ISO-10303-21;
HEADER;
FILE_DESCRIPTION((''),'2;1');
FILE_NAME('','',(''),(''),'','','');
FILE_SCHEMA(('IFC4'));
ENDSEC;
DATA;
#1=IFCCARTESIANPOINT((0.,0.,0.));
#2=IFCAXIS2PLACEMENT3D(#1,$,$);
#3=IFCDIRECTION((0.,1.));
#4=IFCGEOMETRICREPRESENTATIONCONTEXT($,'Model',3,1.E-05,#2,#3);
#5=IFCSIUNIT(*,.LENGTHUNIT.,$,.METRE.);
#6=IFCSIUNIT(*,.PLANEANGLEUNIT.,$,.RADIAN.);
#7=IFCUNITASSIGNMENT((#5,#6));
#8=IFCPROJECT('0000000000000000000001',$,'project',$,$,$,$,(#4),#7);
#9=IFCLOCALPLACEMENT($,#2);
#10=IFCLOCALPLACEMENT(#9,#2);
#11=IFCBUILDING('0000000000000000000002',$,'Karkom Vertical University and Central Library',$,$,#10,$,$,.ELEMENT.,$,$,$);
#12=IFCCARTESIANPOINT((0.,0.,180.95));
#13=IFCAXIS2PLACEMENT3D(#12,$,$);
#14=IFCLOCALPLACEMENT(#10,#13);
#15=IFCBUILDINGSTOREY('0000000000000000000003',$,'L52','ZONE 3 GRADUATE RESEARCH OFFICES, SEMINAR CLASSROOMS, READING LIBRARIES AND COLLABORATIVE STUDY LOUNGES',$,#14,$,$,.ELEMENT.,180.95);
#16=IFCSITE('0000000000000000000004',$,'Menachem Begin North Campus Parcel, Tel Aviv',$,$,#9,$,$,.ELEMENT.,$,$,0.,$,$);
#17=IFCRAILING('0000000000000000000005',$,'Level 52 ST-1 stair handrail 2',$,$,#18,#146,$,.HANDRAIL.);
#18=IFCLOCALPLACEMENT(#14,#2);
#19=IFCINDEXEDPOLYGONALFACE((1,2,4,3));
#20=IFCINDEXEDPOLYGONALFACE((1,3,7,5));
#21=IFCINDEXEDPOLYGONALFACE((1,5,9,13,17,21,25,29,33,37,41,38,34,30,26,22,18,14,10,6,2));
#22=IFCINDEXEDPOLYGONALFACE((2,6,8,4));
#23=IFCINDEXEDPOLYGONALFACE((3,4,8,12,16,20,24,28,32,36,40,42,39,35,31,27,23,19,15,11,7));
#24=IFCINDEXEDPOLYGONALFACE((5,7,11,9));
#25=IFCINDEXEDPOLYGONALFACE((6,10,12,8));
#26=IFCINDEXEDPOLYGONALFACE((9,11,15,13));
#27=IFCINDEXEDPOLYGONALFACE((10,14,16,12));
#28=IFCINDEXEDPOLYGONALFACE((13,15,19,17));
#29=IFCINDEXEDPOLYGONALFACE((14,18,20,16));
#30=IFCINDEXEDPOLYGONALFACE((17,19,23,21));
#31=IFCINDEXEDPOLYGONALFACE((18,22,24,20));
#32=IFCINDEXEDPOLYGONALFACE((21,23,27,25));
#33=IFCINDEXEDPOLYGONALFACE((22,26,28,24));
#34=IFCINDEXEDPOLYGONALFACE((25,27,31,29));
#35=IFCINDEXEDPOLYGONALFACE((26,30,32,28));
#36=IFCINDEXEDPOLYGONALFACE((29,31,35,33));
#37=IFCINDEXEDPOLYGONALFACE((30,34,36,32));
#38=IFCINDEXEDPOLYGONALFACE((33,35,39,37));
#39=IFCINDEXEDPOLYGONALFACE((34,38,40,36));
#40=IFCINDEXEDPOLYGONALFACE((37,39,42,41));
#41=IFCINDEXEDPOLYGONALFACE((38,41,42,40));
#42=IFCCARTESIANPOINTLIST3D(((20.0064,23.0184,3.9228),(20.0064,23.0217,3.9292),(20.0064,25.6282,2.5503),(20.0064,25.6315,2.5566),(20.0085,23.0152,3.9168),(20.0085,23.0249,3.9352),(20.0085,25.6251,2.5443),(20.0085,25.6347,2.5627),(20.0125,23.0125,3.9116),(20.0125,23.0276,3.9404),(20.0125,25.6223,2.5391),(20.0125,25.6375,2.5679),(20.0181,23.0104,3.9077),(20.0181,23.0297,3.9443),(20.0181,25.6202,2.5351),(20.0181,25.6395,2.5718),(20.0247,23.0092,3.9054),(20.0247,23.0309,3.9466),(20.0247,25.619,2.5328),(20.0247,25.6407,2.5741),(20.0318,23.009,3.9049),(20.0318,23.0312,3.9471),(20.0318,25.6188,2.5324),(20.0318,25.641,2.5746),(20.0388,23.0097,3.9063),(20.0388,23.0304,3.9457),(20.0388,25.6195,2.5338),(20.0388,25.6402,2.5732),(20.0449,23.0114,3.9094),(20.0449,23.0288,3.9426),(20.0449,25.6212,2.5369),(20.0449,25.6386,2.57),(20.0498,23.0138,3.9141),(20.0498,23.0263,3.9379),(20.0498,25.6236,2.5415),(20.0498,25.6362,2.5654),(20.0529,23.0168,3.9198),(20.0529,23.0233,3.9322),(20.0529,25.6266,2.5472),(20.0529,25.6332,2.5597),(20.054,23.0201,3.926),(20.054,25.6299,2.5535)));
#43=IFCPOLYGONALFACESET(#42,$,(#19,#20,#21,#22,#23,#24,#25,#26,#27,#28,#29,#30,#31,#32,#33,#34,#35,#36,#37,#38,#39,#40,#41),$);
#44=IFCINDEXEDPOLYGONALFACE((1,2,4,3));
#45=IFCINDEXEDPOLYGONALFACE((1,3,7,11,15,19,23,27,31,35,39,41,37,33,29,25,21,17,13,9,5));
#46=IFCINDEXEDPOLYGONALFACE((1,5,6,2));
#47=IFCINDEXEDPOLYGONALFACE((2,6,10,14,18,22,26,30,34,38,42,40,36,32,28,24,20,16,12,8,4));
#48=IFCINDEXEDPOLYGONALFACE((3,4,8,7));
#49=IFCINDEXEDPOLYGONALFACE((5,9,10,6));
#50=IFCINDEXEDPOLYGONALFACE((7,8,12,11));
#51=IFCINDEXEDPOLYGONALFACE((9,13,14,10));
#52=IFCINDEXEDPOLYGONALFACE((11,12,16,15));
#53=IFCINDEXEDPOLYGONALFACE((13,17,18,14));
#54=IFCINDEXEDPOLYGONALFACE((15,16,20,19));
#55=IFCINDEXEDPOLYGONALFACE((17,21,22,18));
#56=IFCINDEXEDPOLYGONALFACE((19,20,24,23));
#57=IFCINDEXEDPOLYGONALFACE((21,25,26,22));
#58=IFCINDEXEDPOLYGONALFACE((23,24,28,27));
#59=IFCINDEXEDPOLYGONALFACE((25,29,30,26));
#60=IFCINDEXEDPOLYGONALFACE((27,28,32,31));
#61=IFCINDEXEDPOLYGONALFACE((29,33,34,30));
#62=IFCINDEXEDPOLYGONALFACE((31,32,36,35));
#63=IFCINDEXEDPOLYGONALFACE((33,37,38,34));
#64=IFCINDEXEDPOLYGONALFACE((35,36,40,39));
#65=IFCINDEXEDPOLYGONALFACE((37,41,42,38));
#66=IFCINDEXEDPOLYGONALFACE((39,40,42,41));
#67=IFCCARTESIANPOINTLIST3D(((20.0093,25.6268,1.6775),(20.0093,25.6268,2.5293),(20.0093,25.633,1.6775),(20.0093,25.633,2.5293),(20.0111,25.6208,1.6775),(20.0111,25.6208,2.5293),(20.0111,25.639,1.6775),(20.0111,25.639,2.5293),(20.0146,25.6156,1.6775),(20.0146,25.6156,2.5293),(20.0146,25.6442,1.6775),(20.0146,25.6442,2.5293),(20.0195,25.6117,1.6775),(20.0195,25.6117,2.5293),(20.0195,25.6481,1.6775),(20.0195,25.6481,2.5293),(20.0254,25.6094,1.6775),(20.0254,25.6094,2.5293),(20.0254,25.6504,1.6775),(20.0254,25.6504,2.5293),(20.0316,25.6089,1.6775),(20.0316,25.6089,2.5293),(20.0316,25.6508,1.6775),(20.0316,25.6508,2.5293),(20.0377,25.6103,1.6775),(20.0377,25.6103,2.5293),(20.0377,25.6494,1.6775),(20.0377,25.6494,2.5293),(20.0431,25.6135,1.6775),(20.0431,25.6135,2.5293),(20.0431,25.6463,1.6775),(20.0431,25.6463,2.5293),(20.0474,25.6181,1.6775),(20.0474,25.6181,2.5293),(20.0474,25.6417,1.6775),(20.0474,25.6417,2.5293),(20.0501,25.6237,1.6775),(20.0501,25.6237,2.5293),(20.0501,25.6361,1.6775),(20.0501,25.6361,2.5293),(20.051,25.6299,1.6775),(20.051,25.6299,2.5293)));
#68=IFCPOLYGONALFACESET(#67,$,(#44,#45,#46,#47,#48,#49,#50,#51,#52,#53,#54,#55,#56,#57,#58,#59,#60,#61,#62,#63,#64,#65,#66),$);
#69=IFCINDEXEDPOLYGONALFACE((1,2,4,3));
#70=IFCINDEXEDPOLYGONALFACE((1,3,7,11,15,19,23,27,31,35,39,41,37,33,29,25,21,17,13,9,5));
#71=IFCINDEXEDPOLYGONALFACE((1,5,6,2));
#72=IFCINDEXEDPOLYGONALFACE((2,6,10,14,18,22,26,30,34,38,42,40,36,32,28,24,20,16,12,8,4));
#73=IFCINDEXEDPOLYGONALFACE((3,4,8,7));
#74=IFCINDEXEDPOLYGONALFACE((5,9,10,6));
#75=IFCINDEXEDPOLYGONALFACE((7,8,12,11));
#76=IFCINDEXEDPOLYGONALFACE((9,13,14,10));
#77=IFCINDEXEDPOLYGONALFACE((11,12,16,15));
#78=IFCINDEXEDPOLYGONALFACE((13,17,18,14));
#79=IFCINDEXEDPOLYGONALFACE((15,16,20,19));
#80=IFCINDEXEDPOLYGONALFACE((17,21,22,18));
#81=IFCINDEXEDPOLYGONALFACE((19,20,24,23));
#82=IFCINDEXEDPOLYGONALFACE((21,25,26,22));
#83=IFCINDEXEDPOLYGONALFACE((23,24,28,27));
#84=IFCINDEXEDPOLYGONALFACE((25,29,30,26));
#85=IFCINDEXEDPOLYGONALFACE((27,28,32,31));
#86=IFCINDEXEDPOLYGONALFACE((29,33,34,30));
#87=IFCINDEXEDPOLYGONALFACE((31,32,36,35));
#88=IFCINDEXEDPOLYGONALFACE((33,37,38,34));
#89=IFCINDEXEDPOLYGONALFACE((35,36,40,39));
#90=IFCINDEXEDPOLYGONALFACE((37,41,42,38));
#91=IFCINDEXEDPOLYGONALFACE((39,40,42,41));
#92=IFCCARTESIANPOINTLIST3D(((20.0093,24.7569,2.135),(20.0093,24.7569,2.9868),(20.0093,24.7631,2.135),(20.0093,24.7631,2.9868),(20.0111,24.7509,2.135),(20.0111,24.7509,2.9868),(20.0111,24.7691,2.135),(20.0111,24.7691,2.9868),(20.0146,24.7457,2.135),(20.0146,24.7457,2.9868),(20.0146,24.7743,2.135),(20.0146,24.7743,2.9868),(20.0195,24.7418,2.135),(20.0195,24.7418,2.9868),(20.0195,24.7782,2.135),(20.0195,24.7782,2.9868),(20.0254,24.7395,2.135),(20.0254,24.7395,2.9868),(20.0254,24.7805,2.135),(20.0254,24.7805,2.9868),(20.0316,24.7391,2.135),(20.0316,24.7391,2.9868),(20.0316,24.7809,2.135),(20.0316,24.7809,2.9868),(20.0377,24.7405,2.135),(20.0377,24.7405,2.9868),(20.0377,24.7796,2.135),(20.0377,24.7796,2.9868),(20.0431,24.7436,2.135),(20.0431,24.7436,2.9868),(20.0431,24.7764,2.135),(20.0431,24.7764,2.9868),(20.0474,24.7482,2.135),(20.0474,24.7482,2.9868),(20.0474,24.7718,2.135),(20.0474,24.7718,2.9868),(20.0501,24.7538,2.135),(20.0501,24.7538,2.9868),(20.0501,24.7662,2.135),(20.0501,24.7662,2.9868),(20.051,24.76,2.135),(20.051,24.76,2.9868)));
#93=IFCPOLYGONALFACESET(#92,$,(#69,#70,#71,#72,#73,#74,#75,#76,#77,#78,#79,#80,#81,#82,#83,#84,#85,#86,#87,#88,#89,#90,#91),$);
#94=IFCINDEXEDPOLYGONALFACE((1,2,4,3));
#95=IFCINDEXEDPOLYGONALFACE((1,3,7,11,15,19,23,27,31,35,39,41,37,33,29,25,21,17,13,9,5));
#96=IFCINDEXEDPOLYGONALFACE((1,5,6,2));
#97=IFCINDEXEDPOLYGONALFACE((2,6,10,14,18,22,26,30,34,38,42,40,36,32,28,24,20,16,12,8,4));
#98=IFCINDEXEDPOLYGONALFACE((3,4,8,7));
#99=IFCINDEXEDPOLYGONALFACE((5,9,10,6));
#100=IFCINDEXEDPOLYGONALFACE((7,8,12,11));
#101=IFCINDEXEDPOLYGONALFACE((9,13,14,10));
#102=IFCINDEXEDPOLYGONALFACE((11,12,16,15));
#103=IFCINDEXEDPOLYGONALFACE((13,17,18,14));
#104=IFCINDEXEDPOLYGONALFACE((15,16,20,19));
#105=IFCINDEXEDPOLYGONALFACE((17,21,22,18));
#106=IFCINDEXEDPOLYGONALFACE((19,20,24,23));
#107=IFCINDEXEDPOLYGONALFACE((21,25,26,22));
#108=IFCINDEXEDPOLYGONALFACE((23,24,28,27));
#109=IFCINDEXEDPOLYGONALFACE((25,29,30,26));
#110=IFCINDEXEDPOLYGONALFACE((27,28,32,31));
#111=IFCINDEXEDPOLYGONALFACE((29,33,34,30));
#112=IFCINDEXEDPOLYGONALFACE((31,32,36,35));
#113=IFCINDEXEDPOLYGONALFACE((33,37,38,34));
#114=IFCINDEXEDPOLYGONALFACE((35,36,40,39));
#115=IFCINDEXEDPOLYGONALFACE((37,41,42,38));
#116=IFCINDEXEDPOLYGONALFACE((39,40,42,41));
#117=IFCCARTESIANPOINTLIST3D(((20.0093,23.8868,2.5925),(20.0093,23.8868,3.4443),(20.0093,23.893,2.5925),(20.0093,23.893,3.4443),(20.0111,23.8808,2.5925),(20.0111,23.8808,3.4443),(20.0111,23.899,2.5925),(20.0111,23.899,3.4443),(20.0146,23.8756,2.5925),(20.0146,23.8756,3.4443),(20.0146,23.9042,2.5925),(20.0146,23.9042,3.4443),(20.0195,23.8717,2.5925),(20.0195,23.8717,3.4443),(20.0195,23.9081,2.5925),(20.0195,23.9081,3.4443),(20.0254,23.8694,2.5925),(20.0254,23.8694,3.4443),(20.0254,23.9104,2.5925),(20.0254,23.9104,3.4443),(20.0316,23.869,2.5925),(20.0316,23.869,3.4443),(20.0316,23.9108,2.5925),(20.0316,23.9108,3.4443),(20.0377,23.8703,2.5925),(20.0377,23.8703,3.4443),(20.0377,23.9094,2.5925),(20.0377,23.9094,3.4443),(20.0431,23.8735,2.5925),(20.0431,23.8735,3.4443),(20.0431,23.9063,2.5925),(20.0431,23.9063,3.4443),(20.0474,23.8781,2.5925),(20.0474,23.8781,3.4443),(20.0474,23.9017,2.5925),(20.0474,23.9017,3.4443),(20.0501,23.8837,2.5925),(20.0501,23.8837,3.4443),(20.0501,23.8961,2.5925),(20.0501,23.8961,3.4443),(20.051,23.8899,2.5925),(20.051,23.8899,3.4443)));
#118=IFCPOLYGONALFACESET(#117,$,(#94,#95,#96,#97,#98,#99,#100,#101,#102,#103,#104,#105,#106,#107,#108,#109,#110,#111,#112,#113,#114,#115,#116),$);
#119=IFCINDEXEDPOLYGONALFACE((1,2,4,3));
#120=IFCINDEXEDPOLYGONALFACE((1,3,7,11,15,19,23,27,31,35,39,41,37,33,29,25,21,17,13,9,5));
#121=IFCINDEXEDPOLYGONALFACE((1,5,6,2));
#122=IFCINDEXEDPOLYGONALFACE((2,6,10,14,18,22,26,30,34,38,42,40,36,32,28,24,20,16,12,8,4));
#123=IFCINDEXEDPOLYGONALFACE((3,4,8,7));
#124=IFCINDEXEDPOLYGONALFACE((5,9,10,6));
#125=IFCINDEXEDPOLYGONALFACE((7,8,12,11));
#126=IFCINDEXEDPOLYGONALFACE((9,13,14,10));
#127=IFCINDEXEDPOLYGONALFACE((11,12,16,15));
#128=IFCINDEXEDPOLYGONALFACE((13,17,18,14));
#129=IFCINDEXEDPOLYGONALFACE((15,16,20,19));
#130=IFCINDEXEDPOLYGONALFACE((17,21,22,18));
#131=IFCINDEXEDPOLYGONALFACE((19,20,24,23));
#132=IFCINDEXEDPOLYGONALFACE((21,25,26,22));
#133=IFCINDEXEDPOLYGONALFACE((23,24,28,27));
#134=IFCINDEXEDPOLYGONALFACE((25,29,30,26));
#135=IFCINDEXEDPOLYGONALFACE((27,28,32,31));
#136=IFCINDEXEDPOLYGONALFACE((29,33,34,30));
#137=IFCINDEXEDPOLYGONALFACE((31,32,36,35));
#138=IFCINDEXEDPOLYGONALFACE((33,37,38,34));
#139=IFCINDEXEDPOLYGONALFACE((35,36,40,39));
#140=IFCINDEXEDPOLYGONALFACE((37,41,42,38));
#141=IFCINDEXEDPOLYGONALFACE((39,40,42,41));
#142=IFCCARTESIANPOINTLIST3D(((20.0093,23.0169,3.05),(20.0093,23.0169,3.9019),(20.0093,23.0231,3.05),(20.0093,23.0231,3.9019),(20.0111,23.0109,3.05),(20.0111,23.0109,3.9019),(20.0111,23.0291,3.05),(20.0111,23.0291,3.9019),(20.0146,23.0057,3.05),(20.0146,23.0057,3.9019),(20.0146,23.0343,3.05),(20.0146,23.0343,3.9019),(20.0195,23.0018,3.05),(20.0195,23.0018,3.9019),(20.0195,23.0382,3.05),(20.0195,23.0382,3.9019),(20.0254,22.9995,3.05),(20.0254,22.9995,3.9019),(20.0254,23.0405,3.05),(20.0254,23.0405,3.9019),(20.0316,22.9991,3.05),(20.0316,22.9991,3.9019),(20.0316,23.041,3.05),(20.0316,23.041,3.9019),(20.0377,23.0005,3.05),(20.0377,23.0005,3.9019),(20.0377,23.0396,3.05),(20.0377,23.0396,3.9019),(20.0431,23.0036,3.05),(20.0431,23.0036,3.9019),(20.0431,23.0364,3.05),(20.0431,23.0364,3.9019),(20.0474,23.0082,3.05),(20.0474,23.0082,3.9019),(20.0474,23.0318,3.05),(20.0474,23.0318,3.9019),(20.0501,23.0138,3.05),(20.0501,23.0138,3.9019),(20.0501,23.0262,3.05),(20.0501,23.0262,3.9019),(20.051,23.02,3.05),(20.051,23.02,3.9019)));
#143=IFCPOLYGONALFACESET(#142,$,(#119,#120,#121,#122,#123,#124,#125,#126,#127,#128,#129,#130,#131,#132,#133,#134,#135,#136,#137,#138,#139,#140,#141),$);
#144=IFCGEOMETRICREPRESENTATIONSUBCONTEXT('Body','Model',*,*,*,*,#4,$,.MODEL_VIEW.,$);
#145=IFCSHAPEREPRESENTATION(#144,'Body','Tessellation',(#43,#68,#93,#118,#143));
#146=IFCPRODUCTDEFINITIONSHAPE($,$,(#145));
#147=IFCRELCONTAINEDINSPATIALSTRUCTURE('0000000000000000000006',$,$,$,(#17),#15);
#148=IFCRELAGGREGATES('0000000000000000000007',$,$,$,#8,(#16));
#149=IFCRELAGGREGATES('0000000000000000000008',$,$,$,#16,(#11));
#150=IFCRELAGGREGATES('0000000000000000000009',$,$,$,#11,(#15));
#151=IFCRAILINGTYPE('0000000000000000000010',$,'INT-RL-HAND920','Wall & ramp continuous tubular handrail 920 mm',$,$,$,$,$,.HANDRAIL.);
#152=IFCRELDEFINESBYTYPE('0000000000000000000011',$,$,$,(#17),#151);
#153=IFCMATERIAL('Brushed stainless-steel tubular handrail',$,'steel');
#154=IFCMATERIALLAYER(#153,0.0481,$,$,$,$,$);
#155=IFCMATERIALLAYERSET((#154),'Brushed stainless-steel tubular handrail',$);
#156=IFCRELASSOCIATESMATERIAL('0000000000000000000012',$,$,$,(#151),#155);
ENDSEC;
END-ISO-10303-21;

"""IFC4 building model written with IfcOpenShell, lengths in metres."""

from ifc_helpers import new_model, si_unit, direction, frame, origin, origin_2d, place, context, subcontext, project, spatial, circle, extrude, material, layer, layer_set, type_object, element, save


model = new_model("IFC4")

# Units and contexts
model_context = context("Model", 3, precision=1e-05, world=origin(), true_north=direction((0.0, 1.0)))
body_context = subcontext(model_context, "Body", "Model", "MODEL_VIEW")
ifc_project = project(units=[si_unit("LENGTHUNIT", "METRE"), si_unit("PLANEANGLEUNIT", "RADIAN")], contexts=[model_context])

# Site, building, storey
site_placement = place(None, origin())
site = spatial("IfcSite", under=ifc_project, at=site_placement, Name="Menachem Begin North Campus Parcel, Tel Aviv", CompositionType="ELEMENT", RefElevation=0.0)
building_placement = place(site_placement, origin())
building = spatial("IfcBuilding", under=site, at=building_placement, Name="Karkom Vertical University and Central Library", CompositionType="ELEMENT")
storey_placement = place(building_placement, frame((0.0, 0.0, 180.95)))
storey = spatial("IfcBuildingStorey", under=building, at=storey_placement, Name="L52", Description="ZONE 3 GRADUATE RESEARCH OFFICES, SEMINAR CLASSROOMS, READING LIBRARIES AND COLLABORATIVE STUDY LOUNGES", CompositionType="ELEMENT", Elevation=180.95)

# Railing
ifc_material_1 = material(Name="Brushed stainless-steel tubular handrail", Category="steel")
ifc_layer_1 = layer(ifc_material_1, 0.0481)
ifc_layer_set_1 = layer_set([ifc_layer_1], Name="Brushed stainless-steel tubular handrail")
railing_type_1 = type_object("IfcRailingType", Name="INT-RL-HAND920", Description="Wall & ramp continuous tubular handrail 920 mm", PredefinedType="HANDRAIL", material=ifc_layer_set_1)
railing_1_placement = place(storey_placement, frame((20.03, 25.6299, 1.6775)))
element("IfcRailing", 1, at=railing_1_placement, inside=storey, type_object=railing_type_1, Name="Level 52 ST-1 stair handrail 2", PredefinedType="HANDRAIL", context=body_context, shape_type="SweptSolid", body=[
    extrude(circle(Radius=0.0239, at=origin_2d()), frame((0.0, 0.0, 0.876), z_axis=(0.0, -0.885065, 0.465467), x_axis=(1.0, 0.0, 0.0)), (0.0, 0.0, 1.0), 2.9487),
    extrude(circle(Radius=0.021, at=origin_2d()), origin(), (0.0, 0.0, 1.0), 0.8518),
    extrude(circle(Radius=0.021, at=origin_2d()), frame((0.0, -0.8699, 0.4575)), (0.0, 0.0, 1.0), 0.8518),
    extrude(circle(Radius=0.021, at=origin_2d()), frame((0.0, -1.74, 0.915)), (0.0, 0.0, 1.0), 0.8518),
    extrude(circle(Radius=0.021, at=origin_2d()), frame((0.0, -2.6099, 1.3726)), (0.0, 0.0, 1.0), 0.8518),
])

save(model, "model.ifc")
